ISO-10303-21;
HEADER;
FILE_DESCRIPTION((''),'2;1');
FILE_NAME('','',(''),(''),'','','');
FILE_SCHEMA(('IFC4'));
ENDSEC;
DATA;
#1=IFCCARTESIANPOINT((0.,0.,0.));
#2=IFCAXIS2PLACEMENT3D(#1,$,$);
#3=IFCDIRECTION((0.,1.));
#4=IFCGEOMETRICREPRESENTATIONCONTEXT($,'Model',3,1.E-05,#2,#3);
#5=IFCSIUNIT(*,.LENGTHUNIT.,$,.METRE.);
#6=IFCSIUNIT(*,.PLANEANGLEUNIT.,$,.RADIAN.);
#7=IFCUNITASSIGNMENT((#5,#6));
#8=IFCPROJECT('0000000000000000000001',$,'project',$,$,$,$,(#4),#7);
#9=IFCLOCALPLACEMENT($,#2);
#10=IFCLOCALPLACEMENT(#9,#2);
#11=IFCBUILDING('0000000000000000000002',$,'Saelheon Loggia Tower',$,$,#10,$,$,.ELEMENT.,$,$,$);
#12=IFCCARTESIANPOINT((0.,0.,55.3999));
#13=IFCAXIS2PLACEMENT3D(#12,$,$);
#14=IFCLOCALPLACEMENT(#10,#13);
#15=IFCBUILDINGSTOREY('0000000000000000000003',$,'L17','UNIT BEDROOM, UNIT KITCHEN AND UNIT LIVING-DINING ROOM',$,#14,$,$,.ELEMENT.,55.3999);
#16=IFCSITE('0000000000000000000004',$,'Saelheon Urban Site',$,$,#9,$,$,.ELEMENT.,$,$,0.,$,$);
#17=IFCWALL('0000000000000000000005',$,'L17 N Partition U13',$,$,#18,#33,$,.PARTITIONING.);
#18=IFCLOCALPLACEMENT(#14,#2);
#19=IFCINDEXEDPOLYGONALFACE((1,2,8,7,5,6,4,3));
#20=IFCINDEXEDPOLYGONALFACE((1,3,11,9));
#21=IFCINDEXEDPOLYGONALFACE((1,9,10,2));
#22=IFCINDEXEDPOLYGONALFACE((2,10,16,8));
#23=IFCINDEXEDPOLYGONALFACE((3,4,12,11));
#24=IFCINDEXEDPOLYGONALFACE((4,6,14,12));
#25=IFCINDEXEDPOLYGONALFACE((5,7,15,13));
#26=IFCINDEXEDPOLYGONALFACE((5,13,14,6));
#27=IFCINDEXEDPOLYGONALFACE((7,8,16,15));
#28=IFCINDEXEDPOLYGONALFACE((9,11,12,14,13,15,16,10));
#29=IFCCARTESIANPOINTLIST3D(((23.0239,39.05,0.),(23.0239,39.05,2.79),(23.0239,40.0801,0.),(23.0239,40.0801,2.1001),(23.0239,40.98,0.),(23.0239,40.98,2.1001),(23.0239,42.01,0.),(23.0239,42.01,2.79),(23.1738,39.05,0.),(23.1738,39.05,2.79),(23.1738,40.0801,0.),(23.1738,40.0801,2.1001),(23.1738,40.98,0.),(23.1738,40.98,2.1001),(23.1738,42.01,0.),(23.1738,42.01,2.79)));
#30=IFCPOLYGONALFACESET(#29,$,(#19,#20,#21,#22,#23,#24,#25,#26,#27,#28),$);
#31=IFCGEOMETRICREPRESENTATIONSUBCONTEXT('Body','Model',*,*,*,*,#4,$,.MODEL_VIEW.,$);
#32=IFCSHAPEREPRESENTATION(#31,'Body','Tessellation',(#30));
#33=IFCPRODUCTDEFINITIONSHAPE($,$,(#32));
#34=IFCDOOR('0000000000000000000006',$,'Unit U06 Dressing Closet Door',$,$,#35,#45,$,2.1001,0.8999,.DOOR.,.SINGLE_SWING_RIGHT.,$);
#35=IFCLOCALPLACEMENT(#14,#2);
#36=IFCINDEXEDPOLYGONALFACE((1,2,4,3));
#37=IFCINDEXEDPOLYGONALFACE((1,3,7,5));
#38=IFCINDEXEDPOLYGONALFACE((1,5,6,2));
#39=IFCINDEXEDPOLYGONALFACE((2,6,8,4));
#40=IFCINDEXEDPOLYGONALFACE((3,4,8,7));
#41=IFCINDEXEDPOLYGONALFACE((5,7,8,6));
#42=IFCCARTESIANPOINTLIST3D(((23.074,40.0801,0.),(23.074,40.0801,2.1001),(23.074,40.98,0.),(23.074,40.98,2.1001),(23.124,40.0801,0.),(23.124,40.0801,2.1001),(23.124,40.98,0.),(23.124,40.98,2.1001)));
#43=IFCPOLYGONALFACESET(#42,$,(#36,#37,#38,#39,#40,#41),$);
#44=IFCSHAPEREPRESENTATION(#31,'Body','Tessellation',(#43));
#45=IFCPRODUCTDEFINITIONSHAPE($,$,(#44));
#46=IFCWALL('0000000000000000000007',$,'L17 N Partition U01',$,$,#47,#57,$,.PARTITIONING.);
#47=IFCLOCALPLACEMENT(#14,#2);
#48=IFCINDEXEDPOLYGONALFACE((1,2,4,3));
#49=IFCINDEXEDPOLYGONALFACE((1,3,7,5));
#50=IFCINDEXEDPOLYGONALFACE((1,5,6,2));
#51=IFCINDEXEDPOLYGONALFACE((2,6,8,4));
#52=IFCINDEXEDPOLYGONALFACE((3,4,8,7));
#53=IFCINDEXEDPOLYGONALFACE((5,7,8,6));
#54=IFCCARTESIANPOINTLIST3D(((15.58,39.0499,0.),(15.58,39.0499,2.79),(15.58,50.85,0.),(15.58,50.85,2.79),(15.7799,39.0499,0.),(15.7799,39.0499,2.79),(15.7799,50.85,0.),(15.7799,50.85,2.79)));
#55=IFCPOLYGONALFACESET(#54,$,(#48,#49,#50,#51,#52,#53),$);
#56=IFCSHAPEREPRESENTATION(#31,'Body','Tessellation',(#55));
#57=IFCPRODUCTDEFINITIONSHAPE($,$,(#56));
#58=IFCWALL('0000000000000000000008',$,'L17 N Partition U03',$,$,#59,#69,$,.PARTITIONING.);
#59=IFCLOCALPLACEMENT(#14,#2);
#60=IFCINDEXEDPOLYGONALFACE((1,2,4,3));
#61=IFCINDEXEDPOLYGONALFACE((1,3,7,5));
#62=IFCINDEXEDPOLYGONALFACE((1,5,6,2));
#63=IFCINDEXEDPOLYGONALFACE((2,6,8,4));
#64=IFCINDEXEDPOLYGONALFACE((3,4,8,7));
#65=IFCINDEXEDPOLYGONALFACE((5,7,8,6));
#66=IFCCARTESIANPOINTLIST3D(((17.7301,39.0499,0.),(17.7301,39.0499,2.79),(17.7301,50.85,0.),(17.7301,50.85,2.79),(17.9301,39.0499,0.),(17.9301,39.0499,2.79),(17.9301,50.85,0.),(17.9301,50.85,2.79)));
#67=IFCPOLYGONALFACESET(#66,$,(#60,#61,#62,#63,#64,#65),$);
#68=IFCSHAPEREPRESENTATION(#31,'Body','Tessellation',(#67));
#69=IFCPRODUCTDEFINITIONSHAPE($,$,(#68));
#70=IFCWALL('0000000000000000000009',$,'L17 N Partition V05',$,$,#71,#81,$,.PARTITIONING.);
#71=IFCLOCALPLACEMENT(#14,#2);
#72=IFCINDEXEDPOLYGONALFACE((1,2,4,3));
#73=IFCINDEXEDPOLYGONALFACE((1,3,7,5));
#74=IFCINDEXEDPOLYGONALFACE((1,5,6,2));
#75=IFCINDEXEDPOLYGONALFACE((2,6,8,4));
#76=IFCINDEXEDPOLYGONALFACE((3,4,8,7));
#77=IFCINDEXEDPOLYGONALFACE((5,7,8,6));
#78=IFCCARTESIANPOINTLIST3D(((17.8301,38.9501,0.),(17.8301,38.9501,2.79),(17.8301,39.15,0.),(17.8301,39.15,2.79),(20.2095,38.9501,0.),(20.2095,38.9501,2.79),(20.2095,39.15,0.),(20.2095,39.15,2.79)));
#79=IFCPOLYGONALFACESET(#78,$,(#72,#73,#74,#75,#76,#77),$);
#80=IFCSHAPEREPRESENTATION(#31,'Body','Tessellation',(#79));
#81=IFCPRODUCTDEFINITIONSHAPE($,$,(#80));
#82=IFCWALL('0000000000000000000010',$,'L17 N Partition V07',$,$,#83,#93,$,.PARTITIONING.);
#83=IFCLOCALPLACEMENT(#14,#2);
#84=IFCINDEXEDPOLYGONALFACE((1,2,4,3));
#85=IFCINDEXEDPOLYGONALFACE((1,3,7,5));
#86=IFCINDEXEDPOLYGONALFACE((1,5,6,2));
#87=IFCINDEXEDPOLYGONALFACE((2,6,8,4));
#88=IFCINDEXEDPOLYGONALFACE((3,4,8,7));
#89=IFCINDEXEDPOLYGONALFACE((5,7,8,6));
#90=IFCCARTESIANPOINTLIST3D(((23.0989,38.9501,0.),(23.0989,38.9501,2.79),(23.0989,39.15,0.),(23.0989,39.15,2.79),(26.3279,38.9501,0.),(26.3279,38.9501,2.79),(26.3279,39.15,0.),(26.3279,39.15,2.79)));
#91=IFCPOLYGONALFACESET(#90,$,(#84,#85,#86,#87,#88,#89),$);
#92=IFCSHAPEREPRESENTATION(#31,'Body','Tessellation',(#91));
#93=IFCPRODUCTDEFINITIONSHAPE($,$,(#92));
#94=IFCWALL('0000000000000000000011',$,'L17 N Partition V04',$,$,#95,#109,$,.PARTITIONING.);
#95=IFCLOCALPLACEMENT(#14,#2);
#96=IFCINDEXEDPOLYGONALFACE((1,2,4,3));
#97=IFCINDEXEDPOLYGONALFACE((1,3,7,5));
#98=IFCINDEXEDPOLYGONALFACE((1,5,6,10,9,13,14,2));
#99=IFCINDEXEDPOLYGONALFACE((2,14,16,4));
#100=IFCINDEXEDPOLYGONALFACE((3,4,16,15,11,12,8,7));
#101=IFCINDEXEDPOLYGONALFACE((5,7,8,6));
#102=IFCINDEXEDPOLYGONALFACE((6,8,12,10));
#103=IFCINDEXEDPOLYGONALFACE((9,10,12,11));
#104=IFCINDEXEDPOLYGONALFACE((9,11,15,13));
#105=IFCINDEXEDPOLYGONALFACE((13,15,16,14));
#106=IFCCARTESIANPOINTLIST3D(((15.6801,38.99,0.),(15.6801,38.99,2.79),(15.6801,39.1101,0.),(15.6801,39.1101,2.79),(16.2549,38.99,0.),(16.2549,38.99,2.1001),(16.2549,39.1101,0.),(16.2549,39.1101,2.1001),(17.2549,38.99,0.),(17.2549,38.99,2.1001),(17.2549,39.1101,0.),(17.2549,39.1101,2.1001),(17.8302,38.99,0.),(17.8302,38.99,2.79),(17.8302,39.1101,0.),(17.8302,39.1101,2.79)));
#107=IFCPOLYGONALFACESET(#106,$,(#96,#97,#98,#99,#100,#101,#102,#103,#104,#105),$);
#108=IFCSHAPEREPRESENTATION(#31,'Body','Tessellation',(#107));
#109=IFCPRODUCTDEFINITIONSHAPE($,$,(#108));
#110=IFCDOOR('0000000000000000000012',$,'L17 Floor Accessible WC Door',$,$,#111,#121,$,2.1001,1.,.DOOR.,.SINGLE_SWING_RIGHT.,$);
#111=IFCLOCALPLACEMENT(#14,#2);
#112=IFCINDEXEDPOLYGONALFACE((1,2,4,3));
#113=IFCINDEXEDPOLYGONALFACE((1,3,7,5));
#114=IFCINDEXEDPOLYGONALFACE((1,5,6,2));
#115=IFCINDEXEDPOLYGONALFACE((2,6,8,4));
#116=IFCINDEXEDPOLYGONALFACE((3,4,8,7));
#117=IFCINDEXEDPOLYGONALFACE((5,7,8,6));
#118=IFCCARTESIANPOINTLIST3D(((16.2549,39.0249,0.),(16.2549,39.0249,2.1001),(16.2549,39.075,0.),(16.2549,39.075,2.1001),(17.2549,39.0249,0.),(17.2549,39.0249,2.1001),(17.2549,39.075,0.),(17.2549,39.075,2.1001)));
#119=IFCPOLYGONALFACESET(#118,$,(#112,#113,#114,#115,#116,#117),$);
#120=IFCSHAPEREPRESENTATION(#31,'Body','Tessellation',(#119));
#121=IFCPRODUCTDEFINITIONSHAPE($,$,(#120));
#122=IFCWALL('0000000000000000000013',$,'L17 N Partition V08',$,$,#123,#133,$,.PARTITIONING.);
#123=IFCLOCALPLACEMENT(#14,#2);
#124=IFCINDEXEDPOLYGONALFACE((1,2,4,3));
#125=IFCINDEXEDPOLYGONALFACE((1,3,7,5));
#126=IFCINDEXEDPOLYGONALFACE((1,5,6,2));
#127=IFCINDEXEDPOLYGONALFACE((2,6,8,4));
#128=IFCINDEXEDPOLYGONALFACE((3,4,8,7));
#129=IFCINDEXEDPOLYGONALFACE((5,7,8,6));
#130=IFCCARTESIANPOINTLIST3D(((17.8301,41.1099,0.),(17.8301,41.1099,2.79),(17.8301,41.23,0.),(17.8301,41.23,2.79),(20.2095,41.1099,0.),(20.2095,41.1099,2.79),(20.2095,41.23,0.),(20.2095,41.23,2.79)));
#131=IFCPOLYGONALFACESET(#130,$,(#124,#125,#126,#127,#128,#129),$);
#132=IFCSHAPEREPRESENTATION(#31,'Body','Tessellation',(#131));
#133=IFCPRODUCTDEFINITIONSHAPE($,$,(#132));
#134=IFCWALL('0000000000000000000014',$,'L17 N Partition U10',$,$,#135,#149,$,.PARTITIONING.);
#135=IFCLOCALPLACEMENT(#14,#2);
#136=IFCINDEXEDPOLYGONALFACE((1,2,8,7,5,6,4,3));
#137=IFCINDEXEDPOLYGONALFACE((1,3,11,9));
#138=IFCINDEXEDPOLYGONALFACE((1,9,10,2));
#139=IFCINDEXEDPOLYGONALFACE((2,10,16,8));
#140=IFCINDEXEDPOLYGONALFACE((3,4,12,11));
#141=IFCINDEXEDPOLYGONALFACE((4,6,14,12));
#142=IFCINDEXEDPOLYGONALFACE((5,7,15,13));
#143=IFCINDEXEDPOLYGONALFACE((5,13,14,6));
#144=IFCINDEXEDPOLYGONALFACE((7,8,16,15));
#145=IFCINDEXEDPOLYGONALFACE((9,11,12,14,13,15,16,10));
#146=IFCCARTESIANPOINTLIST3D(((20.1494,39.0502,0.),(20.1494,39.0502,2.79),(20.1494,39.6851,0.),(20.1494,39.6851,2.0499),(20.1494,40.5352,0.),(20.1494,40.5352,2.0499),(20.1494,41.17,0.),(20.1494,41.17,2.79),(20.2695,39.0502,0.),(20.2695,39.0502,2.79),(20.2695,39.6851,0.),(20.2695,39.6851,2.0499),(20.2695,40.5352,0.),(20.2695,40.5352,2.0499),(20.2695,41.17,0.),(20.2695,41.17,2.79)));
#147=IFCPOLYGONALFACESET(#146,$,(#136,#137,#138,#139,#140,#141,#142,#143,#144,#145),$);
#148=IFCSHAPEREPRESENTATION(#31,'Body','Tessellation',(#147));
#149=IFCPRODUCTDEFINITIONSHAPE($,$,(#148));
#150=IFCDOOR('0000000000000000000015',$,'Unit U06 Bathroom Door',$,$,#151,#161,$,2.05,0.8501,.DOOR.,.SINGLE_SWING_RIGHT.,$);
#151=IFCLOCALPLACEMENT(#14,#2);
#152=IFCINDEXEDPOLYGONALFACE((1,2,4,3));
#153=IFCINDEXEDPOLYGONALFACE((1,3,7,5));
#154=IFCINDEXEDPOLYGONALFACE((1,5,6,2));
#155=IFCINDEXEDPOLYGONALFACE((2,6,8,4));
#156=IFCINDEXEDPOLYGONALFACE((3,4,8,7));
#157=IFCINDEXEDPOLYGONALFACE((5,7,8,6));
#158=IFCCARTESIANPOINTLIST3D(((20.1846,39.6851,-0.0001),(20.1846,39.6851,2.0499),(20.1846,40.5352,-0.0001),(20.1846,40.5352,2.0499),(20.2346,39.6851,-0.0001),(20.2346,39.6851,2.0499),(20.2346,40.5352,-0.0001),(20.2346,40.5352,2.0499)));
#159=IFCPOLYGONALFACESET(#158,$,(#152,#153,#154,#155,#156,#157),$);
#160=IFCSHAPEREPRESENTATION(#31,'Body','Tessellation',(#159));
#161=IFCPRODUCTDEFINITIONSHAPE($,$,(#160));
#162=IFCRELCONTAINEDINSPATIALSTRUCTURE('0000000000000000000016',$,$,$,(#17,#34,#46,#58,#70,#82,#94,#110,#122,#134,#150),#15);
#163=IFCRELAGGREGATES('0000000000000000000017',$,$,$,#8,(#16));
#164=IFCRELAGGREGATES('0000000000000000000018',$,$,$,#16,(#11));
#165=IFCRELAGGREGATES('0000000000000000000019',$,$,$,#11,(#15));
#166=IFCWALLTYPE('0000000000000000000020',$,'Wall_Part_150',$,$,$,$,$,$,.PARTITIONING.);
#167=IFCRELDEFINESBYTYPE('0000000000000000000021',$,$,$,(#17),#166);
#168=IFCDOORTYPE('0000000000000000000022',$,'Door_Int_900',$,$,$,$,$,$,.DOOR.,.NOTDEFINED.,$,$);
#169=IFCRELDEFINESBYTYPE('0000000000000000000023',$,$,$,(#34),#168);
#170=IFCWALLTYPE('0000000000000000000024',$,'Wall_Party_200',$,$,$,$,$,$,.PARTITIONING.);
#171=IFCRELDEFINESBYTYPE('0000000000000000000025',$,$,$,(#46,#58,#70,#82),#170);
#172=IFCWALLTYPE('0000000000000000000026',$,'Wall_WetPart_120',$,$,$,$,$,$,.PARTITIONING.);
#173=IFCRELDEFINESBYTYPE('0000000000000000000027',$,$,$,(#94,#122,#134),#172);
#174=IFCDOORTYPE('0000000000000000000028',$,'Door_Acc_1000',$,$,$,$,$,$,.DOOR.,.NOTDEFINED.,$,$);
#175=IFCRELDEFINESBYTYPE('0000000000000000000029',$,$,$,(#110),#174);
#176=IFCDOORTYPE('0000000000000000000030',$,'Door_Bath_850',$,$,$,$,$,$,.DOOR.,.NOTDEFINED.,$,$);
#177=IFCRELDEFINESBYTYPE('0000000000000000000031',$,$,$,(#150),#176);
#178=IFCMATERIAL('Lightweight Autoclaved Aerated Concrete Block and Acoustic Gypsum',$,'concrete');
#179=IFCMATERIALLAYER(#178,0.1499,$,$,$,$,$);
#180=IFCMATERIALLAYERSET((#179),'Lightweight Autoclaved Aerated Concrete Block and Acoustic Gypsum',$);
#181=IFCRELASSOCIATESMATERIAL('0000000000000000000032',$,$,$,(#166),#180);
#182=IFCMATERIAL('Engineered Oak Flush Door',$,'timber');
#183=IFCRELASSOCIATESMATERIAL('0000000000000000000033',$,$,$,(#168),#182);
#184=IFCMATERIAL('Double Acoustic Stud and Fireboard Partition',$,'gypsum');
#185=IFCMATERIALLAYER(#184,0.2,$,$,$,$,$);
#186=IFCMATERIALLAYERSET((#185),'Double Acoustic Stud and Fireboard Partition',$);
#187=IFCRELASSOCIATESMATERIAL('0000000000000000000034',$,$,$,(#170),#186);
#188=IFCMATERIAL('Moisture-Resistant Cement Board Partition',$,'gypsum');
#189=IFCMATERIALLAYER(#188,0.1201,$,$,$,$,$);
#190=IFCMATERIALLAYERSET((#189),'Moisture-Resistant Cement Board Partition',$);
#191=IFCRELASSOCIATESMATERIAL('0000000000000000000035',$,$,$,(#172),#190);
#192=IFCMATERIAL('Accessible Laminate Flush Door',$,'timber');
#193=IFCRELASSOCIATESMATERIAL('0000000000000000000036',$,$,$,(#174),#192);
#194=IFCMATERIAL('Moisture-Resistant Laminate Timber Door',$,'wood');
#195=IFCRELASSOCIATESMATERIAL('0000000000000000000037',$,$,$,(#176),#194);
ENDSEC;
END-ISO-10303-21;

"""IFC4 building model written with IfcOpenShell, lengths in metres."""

from ifc_helpers import new_model, si_unit, direction, frame, frame_2d, origin, place, context, subcontext, project, spatial, rectangle, extrude, source, transform, mapped, material, layer, layer_set, type_object, element, fill, save


model = new_model("IFC4")

# Units and contexts
model_context = context("Model", 3, precision=1e-05, world=origin(), true_north=direction((0.0, 1.0)))
body_context = subcontext(model_context, "Body", "Model", "MODEL_VIEW")
ifc_project = project(units=[si_unit("LENGTHUNIT", "METRE"), si_unit("PLANEANGLEUNIT", "RADIAN")], contexts=[model_context])

# Site, building, storey
site_placement = place(None, origin())
site = spatial("IfcSite", under=ifc_project, at=site_placement, Name="Saelheon Urban Site", CompositionType="ELEMENT", RefElevation=0.0)
building_placement = place(site_placement, origin())
building = spatial("IfcBuilding", under=site, at=building_placement, Name="Saelheon Loggia Tower", CompositionType="ELEMENT")
storey_placement = place(building_placement, frame((0.0, 0.0, 55.3999)))
storey = spatial("IfcBuildingStorey", under=building, at=storey_placement, Name="L17", Description="UNIT BEDROOM, UNIT KITCHEN AND UNIT LIVING-DINING ROOM", CompositionType="ELEMENT", Elevation=55.3999)

# Wall, opening, door
ifc_material_1 = material(Name="Lightweight Autoclaved Aerated Concrete Block and Acoustic Gypsum", Category="concrete")
ifc_layer_1 = layer(ifc_material_1, 0.1499)
ifc_layer_set_1 = layer_set([ifc_layer_1], Name="Lightweight Autoclaved Aerated Concrete Block and Acoustic Gypsum")
wall_type_1 = type_object("IfcWallType", Name="Wall_Part_150", PredefinedType="PARTITIONING", material=ifc_layer_set_1)
wall_1_placement = place(storey_placement, frame((23.0989, 39.05, 0.0), z_axis=(0.0, 0.0, 1.0), x_axis=(0.0, 1.0, 0.0)))
wall_1 = element("IfcWall", 1, at=wall_1_placement, inside=storey, type_object=wall_type_1, Name="L17 N Partition U13", PredefinedType="PARTITIONING", context=body_context, shape_type="SweptSolid", body=[
    extrude(rectangle(XDim=2.96, YDim=0.1499, at=frame_2d((1.48, 0.0))), origin(), (0.0, 0.0, 1.0), 2.79),
])
opening_1_placement = place(wall_1_placement, frame((1.03, 0.0, 0.0)))
opening_1 = element("IfcOpeningElement", 2, at=opening_1_placement, cuts=wall_1, PredefinedType="OPENING", context=body_context, shape_type="SweptSolid", body=[
    extrude(rectangle(XDim=0.8999, YDim=2.1001, at=frame_2d((0.45, 1.05))), frame((0.0, 0.0869, 0.0), z_axis=(0.0, -1.0, 0.0), x_axis=(1.0, 0.0, 0.0)), (0.0, 0.0, 1.0), 0.1738),
])
ifc_material_2 = material(Name="Engineered Oak Flush Door", Category="timber")
door_type_1 = type_object("IfcDoorType", Name="Door_Int_900", OperationType="NOTDEFINED", PredefinedType="DOOR", material=ifc_material_2)
shared_shape_1 = source(origin(), body_context, "Body", "SweptSolid", [
    extrude(rectangle(XDim=0.8999, YDim=2.1001, at=frame_2d((0.45, 1.05))), frame((0.0, 0.0249, 0.0), z_axis=(0.0, -1.0, 0.0), x_axis=(1.0, 0.0, 0.0)), (0.0, 0.0, 1.0), 0.05),
])
door_1_placement = place(opening_1_placement, origin())
door_1 = element("IfcDoor", 3, at=door_1_placement, inside=storey, type_object=door_type_1, Name="Unit U06 Dressing Closet Door", OperationType="SINGLE_SWING_RIGHT", OverallHeight=2.1001, OverallWidth=0.8999, PredefinedType="DOOR", context=body_context, shape_type="MappedRepresentation", body=[
    mapped(shared_shape_1, transform((0.0, 0.0, 0.0), scale=1.0)),
])
fill(opening_1, door_1)

# Walls
ifc_material_3 = material(Name="Double Acoustic Stud and Fireboard Partition", Category="gypsum")
ifc_layer_2 = layer(ifc_material_3, 0.2)
ifc_layer_set_2 = layer_set([ifc_layer_2], Name="Double Acoustic Stud and Fireboard Partition")
wall_type_2 = type_object("IfcWallType", Name="Wall_Party_200", PredefinedType="PARTITIONING", material=ifc_layer_set_2)
for number, where, z_axis, x_axis, name in (
    (4, (15.6799, 39.05, 0.0), (0.0, 0.0, 1.0), (0.0, 1.0, 0.0), "L17 N Partition U01"),
    (5, (17.8301, 39.05, 0.0), (0.0, 0.0, 1.0), (0.0, 1.0, 0.0), "L17 N Partition U03"),
):
    element("IfcWall", number, at=place(storey_placement, frame(where, z_axis=z_axis, x_axis=x_axis)), inside=storey, type_object=wall_type_2, Name=name, PredefinedType="PARTITIONING", context=body_context, shape_type="SweptSolid", body=[
        extrude(rectangle(XDim=11.8, YDim=0.2, at=frame_2d((5.8999, 0.0))), origin(), (0.0, 0.0, 1.0), 2.79),
    ])
wall_2_placement = place(storey_placement, frame((17.8301, 39.05, 0.0), z_axis=(0.0, 0.0, 1.0), x_axis=(1.0, 0.0, 0.0)))
element("IfcWall", 6, at=wall_2_placement, inside=storey, type_object=wall_type_2, Name="L17 N Partition V05", PredefinedType="PARTITIONING", context=body_context, shape_type="SweptSolid", body=[
    extrude(rectangle(XDim=2.3794, YDim=0.2, at=frame_2d((1.1897, 0.0))), origin(), (0.0, 0.0, 1.0), 2.79),
])

# Wall
wall_3_placement = place(storey_placement, frame((23.0989, 39.05, 0.0), z_axis=(0.0, 0.0, 1.0), x_axis=(1.0, 0.0, 0.0)))
element("IfcWall", 7, at=wall_3_placement, inside=storey, type_object=wall_type_2, Name="L17 N Partition V07", PredefinedType="PARTITIONING", context=body_context, shape_type="SweptSolid", body=[
    extrude(rectangle(XDim=3.229, YDim=0.2, at=frame_2d((1.6145, 0.0))), origin(), (0.0, 0.0, 1.0), 2.79),
])

# Wall, opening, door
ifc_material_4 = material(Name="Moisture-Resistant Cement Board Partition", Category="gypsum")
ifc_layer_3 = layer(ifc_material_4, 0.1201)
ifc_layer_set_3 = layer_set([ifc_layer_3], Name="Moisture-Resistant Cement Board Partition")
wall_type_3 = type_object("IfcWallType", Name="Wall_WetPart_120", PredefinedType="PARTITIONING", material=ifc_layer_set_3)
wall_4_placement = place(storey_placement, frame((15.6799, 39.05, 0.0), z_axis=(0.0, 0.0, 1.0), x_axis=(1.0, 0.0, 0.0)))
wall_4 = element("IfcWall", 8, at=wall_4_placement, inside=storey, type_object=wall_type_3, Name="L17 N Partition V04", PredefinedType="PARTITIONING", context=body_context, shape_type="SweptSolid", body=[
    extrude(rectangle(XDim=2.1501, YDim=0.1201, at=frame_2d((1.0752, 0.0))), origin(), (0.0, 0.0, 1.0), 2.79),
])
opening_2_placement = place(wall_4_placement, frame((0.575, 0.0, 0.0)))
opening_2 = element("IfcOpeningElement", 9, at=opening_2_placement, cuts=wall_4, PredefinedType="OPENING", context=body_context, shape_type="SweptSolid", body=[
    extrude(rectangle(XDim=1.0, YDim=2.1001, at=frame_2d((0.5, 1.05))), frame((0.0, 0.072, 0.0), z_axis=(0.0, -1.0, 0.0), x_axis=(1.0, 0.0, 0.0)), (0.0, 0.0, 1.0), 0.144),
])
ifc_material_5 = material(Name="Accessible Laminate Flush Door", Category="timber")
door_type_2 = type_object("IfcDoorType", Name="Door_Acc_1000", OperationType="NOTDEFINED", PredefinedType="DOOR", material=ifc_material_5)
shared_shape_2 = source(origin(), body_context, "Body", "SweptSolid", [
    extrude(rectangle(XDim=1.0, YDim=2.1001, at=frame_2d((0.5, 1.05))), frame((0.0, 0.0249, 0.0), z_axis=(0.0, -1.0, 0.0), x_axis=(1.0, 0.0, 0.0)), (0.0, 0.0, 1.0), 0.05),
])
door_2_placement = place(opening_2_placement, origin())
door_2 = element("IfcDoor", 10, at=door_2_placement, inside=storey, type_object=door_type_2, Name="L17 Floor Accessible WC Door", OperationType="SINGLE_SWING_RIGHT", OverallHeight=2.1001, OverallWidth=1.0, PredefinedType="DOOR", context=body_context, shape_type="MappedRepresentation", body=[
    mapped(shared_shape_2, transform((0.0, 0.0, 0.0), scale=1.0)),
])
fill(opening_2, door_2)

# Wall
wall_5_placement = place(storey_placement, frame((17.8301, 41.1699, 0.0), z_axis=(0.0, 0.0, 1.0), x_axis=(1.0, 0.0, 0.0)))
element("IfcWall", 11, at=wall_5_placement, inside=storey, type_object=wall_type_3, Name="L17 N Partition V08", PredefinedType="PARTITIONING", context=body_context, shape_type="SweptSolid", body=[
    extrude(rectangle(XDim=2.3794, YDim=0.1201, at=frame_2d((1.1897, 0.0))), origin(), (0.0, 0.0, 1.0), 2.79),
])

# Wall, opening, door
wall_6_placement = place(storey_placement, frame((20.2095, 39.05, 0.0), z_axis=(0.0, 0.0, 1.0), x_axis=(0.0, 1.0, 0.0)))
wall_6 = element("IfcWall", 12, at=wall_6_placement, inside=storey, type_object=wall_type_3, Name="L17 N Partition U10", PredefinedType="PARTITIONING", context=body_context, shape_type="SweptSolid", body=[
    extrude(rectangle(XDim=2.1199, YDim=0.1201, at=frame_2d((1.0601, 0.0))), origin(), (0.0, 0.0, 1.0), 2.79),
])
opening_3_placement = place(wall_6_placement, frame((0.635, 0.0, 0.0)))
opening_3 = element("IfcOpeningElement", 13, at=opening_3_placement, cuts=wall_6, PredefinedType="OPENING", context=body_context, shape_type="SweptSolid", body=[
    extrude(rectangle(XDim=0.8501, YDim=2.05, at=frame_2d((0.425, 1.0249))), frame((0.0, 0.072, 0.0), z_axis=(0.0, -1.0, 0.0), x_axis=(1.0, 0.0, 0.0)), (0.0, 0.0, 1.0), 0.144),
])
ifc_material_6 = material(Name="Moisture-Resistant Laminate Timber Door", Category="wood")
door_type_3 = type_object("IfcDoorType", Name="Door_Bath_850", OperationType="NOTDEFINED", PredefinedType="DOOR", material=ifc_material_6)
shared_shape_3 = source(origin(), body_context, "Body", "SweptSolid", [
    extrude(rectangle(XDim=0.8501, YDim=2.05, at=frame_2d((0.425, 1.0249))), frame((0.0, 0.0249, 0.0), z_axis=(0.0, -1.0, 0.0), x_axis=(1.0, 0.0, 0.0)), (0.0, 0.0, 1.0), 0.05),
])
door_3_placement = place(opening_3_placement, origin())
door_3 = element("IfcDoor", 14, at=door_3_placement, inside=storey, type_object=door_type_3, Name="Unit U06 Bathroom Door", OperationType="SINGLE_SWING_RIGHT", OverallHeight=2.05, OverallWidth=0.8501, PredefinedType="DOOR", context=body_context, shape_type="MappedRepresentation", body=[
    mapped(shared_shape_3, transform((0.0, 0.0, 0.0), scale=1.0)),
])
fill(opening_3, door_3)

save(model, "model.ifc")
